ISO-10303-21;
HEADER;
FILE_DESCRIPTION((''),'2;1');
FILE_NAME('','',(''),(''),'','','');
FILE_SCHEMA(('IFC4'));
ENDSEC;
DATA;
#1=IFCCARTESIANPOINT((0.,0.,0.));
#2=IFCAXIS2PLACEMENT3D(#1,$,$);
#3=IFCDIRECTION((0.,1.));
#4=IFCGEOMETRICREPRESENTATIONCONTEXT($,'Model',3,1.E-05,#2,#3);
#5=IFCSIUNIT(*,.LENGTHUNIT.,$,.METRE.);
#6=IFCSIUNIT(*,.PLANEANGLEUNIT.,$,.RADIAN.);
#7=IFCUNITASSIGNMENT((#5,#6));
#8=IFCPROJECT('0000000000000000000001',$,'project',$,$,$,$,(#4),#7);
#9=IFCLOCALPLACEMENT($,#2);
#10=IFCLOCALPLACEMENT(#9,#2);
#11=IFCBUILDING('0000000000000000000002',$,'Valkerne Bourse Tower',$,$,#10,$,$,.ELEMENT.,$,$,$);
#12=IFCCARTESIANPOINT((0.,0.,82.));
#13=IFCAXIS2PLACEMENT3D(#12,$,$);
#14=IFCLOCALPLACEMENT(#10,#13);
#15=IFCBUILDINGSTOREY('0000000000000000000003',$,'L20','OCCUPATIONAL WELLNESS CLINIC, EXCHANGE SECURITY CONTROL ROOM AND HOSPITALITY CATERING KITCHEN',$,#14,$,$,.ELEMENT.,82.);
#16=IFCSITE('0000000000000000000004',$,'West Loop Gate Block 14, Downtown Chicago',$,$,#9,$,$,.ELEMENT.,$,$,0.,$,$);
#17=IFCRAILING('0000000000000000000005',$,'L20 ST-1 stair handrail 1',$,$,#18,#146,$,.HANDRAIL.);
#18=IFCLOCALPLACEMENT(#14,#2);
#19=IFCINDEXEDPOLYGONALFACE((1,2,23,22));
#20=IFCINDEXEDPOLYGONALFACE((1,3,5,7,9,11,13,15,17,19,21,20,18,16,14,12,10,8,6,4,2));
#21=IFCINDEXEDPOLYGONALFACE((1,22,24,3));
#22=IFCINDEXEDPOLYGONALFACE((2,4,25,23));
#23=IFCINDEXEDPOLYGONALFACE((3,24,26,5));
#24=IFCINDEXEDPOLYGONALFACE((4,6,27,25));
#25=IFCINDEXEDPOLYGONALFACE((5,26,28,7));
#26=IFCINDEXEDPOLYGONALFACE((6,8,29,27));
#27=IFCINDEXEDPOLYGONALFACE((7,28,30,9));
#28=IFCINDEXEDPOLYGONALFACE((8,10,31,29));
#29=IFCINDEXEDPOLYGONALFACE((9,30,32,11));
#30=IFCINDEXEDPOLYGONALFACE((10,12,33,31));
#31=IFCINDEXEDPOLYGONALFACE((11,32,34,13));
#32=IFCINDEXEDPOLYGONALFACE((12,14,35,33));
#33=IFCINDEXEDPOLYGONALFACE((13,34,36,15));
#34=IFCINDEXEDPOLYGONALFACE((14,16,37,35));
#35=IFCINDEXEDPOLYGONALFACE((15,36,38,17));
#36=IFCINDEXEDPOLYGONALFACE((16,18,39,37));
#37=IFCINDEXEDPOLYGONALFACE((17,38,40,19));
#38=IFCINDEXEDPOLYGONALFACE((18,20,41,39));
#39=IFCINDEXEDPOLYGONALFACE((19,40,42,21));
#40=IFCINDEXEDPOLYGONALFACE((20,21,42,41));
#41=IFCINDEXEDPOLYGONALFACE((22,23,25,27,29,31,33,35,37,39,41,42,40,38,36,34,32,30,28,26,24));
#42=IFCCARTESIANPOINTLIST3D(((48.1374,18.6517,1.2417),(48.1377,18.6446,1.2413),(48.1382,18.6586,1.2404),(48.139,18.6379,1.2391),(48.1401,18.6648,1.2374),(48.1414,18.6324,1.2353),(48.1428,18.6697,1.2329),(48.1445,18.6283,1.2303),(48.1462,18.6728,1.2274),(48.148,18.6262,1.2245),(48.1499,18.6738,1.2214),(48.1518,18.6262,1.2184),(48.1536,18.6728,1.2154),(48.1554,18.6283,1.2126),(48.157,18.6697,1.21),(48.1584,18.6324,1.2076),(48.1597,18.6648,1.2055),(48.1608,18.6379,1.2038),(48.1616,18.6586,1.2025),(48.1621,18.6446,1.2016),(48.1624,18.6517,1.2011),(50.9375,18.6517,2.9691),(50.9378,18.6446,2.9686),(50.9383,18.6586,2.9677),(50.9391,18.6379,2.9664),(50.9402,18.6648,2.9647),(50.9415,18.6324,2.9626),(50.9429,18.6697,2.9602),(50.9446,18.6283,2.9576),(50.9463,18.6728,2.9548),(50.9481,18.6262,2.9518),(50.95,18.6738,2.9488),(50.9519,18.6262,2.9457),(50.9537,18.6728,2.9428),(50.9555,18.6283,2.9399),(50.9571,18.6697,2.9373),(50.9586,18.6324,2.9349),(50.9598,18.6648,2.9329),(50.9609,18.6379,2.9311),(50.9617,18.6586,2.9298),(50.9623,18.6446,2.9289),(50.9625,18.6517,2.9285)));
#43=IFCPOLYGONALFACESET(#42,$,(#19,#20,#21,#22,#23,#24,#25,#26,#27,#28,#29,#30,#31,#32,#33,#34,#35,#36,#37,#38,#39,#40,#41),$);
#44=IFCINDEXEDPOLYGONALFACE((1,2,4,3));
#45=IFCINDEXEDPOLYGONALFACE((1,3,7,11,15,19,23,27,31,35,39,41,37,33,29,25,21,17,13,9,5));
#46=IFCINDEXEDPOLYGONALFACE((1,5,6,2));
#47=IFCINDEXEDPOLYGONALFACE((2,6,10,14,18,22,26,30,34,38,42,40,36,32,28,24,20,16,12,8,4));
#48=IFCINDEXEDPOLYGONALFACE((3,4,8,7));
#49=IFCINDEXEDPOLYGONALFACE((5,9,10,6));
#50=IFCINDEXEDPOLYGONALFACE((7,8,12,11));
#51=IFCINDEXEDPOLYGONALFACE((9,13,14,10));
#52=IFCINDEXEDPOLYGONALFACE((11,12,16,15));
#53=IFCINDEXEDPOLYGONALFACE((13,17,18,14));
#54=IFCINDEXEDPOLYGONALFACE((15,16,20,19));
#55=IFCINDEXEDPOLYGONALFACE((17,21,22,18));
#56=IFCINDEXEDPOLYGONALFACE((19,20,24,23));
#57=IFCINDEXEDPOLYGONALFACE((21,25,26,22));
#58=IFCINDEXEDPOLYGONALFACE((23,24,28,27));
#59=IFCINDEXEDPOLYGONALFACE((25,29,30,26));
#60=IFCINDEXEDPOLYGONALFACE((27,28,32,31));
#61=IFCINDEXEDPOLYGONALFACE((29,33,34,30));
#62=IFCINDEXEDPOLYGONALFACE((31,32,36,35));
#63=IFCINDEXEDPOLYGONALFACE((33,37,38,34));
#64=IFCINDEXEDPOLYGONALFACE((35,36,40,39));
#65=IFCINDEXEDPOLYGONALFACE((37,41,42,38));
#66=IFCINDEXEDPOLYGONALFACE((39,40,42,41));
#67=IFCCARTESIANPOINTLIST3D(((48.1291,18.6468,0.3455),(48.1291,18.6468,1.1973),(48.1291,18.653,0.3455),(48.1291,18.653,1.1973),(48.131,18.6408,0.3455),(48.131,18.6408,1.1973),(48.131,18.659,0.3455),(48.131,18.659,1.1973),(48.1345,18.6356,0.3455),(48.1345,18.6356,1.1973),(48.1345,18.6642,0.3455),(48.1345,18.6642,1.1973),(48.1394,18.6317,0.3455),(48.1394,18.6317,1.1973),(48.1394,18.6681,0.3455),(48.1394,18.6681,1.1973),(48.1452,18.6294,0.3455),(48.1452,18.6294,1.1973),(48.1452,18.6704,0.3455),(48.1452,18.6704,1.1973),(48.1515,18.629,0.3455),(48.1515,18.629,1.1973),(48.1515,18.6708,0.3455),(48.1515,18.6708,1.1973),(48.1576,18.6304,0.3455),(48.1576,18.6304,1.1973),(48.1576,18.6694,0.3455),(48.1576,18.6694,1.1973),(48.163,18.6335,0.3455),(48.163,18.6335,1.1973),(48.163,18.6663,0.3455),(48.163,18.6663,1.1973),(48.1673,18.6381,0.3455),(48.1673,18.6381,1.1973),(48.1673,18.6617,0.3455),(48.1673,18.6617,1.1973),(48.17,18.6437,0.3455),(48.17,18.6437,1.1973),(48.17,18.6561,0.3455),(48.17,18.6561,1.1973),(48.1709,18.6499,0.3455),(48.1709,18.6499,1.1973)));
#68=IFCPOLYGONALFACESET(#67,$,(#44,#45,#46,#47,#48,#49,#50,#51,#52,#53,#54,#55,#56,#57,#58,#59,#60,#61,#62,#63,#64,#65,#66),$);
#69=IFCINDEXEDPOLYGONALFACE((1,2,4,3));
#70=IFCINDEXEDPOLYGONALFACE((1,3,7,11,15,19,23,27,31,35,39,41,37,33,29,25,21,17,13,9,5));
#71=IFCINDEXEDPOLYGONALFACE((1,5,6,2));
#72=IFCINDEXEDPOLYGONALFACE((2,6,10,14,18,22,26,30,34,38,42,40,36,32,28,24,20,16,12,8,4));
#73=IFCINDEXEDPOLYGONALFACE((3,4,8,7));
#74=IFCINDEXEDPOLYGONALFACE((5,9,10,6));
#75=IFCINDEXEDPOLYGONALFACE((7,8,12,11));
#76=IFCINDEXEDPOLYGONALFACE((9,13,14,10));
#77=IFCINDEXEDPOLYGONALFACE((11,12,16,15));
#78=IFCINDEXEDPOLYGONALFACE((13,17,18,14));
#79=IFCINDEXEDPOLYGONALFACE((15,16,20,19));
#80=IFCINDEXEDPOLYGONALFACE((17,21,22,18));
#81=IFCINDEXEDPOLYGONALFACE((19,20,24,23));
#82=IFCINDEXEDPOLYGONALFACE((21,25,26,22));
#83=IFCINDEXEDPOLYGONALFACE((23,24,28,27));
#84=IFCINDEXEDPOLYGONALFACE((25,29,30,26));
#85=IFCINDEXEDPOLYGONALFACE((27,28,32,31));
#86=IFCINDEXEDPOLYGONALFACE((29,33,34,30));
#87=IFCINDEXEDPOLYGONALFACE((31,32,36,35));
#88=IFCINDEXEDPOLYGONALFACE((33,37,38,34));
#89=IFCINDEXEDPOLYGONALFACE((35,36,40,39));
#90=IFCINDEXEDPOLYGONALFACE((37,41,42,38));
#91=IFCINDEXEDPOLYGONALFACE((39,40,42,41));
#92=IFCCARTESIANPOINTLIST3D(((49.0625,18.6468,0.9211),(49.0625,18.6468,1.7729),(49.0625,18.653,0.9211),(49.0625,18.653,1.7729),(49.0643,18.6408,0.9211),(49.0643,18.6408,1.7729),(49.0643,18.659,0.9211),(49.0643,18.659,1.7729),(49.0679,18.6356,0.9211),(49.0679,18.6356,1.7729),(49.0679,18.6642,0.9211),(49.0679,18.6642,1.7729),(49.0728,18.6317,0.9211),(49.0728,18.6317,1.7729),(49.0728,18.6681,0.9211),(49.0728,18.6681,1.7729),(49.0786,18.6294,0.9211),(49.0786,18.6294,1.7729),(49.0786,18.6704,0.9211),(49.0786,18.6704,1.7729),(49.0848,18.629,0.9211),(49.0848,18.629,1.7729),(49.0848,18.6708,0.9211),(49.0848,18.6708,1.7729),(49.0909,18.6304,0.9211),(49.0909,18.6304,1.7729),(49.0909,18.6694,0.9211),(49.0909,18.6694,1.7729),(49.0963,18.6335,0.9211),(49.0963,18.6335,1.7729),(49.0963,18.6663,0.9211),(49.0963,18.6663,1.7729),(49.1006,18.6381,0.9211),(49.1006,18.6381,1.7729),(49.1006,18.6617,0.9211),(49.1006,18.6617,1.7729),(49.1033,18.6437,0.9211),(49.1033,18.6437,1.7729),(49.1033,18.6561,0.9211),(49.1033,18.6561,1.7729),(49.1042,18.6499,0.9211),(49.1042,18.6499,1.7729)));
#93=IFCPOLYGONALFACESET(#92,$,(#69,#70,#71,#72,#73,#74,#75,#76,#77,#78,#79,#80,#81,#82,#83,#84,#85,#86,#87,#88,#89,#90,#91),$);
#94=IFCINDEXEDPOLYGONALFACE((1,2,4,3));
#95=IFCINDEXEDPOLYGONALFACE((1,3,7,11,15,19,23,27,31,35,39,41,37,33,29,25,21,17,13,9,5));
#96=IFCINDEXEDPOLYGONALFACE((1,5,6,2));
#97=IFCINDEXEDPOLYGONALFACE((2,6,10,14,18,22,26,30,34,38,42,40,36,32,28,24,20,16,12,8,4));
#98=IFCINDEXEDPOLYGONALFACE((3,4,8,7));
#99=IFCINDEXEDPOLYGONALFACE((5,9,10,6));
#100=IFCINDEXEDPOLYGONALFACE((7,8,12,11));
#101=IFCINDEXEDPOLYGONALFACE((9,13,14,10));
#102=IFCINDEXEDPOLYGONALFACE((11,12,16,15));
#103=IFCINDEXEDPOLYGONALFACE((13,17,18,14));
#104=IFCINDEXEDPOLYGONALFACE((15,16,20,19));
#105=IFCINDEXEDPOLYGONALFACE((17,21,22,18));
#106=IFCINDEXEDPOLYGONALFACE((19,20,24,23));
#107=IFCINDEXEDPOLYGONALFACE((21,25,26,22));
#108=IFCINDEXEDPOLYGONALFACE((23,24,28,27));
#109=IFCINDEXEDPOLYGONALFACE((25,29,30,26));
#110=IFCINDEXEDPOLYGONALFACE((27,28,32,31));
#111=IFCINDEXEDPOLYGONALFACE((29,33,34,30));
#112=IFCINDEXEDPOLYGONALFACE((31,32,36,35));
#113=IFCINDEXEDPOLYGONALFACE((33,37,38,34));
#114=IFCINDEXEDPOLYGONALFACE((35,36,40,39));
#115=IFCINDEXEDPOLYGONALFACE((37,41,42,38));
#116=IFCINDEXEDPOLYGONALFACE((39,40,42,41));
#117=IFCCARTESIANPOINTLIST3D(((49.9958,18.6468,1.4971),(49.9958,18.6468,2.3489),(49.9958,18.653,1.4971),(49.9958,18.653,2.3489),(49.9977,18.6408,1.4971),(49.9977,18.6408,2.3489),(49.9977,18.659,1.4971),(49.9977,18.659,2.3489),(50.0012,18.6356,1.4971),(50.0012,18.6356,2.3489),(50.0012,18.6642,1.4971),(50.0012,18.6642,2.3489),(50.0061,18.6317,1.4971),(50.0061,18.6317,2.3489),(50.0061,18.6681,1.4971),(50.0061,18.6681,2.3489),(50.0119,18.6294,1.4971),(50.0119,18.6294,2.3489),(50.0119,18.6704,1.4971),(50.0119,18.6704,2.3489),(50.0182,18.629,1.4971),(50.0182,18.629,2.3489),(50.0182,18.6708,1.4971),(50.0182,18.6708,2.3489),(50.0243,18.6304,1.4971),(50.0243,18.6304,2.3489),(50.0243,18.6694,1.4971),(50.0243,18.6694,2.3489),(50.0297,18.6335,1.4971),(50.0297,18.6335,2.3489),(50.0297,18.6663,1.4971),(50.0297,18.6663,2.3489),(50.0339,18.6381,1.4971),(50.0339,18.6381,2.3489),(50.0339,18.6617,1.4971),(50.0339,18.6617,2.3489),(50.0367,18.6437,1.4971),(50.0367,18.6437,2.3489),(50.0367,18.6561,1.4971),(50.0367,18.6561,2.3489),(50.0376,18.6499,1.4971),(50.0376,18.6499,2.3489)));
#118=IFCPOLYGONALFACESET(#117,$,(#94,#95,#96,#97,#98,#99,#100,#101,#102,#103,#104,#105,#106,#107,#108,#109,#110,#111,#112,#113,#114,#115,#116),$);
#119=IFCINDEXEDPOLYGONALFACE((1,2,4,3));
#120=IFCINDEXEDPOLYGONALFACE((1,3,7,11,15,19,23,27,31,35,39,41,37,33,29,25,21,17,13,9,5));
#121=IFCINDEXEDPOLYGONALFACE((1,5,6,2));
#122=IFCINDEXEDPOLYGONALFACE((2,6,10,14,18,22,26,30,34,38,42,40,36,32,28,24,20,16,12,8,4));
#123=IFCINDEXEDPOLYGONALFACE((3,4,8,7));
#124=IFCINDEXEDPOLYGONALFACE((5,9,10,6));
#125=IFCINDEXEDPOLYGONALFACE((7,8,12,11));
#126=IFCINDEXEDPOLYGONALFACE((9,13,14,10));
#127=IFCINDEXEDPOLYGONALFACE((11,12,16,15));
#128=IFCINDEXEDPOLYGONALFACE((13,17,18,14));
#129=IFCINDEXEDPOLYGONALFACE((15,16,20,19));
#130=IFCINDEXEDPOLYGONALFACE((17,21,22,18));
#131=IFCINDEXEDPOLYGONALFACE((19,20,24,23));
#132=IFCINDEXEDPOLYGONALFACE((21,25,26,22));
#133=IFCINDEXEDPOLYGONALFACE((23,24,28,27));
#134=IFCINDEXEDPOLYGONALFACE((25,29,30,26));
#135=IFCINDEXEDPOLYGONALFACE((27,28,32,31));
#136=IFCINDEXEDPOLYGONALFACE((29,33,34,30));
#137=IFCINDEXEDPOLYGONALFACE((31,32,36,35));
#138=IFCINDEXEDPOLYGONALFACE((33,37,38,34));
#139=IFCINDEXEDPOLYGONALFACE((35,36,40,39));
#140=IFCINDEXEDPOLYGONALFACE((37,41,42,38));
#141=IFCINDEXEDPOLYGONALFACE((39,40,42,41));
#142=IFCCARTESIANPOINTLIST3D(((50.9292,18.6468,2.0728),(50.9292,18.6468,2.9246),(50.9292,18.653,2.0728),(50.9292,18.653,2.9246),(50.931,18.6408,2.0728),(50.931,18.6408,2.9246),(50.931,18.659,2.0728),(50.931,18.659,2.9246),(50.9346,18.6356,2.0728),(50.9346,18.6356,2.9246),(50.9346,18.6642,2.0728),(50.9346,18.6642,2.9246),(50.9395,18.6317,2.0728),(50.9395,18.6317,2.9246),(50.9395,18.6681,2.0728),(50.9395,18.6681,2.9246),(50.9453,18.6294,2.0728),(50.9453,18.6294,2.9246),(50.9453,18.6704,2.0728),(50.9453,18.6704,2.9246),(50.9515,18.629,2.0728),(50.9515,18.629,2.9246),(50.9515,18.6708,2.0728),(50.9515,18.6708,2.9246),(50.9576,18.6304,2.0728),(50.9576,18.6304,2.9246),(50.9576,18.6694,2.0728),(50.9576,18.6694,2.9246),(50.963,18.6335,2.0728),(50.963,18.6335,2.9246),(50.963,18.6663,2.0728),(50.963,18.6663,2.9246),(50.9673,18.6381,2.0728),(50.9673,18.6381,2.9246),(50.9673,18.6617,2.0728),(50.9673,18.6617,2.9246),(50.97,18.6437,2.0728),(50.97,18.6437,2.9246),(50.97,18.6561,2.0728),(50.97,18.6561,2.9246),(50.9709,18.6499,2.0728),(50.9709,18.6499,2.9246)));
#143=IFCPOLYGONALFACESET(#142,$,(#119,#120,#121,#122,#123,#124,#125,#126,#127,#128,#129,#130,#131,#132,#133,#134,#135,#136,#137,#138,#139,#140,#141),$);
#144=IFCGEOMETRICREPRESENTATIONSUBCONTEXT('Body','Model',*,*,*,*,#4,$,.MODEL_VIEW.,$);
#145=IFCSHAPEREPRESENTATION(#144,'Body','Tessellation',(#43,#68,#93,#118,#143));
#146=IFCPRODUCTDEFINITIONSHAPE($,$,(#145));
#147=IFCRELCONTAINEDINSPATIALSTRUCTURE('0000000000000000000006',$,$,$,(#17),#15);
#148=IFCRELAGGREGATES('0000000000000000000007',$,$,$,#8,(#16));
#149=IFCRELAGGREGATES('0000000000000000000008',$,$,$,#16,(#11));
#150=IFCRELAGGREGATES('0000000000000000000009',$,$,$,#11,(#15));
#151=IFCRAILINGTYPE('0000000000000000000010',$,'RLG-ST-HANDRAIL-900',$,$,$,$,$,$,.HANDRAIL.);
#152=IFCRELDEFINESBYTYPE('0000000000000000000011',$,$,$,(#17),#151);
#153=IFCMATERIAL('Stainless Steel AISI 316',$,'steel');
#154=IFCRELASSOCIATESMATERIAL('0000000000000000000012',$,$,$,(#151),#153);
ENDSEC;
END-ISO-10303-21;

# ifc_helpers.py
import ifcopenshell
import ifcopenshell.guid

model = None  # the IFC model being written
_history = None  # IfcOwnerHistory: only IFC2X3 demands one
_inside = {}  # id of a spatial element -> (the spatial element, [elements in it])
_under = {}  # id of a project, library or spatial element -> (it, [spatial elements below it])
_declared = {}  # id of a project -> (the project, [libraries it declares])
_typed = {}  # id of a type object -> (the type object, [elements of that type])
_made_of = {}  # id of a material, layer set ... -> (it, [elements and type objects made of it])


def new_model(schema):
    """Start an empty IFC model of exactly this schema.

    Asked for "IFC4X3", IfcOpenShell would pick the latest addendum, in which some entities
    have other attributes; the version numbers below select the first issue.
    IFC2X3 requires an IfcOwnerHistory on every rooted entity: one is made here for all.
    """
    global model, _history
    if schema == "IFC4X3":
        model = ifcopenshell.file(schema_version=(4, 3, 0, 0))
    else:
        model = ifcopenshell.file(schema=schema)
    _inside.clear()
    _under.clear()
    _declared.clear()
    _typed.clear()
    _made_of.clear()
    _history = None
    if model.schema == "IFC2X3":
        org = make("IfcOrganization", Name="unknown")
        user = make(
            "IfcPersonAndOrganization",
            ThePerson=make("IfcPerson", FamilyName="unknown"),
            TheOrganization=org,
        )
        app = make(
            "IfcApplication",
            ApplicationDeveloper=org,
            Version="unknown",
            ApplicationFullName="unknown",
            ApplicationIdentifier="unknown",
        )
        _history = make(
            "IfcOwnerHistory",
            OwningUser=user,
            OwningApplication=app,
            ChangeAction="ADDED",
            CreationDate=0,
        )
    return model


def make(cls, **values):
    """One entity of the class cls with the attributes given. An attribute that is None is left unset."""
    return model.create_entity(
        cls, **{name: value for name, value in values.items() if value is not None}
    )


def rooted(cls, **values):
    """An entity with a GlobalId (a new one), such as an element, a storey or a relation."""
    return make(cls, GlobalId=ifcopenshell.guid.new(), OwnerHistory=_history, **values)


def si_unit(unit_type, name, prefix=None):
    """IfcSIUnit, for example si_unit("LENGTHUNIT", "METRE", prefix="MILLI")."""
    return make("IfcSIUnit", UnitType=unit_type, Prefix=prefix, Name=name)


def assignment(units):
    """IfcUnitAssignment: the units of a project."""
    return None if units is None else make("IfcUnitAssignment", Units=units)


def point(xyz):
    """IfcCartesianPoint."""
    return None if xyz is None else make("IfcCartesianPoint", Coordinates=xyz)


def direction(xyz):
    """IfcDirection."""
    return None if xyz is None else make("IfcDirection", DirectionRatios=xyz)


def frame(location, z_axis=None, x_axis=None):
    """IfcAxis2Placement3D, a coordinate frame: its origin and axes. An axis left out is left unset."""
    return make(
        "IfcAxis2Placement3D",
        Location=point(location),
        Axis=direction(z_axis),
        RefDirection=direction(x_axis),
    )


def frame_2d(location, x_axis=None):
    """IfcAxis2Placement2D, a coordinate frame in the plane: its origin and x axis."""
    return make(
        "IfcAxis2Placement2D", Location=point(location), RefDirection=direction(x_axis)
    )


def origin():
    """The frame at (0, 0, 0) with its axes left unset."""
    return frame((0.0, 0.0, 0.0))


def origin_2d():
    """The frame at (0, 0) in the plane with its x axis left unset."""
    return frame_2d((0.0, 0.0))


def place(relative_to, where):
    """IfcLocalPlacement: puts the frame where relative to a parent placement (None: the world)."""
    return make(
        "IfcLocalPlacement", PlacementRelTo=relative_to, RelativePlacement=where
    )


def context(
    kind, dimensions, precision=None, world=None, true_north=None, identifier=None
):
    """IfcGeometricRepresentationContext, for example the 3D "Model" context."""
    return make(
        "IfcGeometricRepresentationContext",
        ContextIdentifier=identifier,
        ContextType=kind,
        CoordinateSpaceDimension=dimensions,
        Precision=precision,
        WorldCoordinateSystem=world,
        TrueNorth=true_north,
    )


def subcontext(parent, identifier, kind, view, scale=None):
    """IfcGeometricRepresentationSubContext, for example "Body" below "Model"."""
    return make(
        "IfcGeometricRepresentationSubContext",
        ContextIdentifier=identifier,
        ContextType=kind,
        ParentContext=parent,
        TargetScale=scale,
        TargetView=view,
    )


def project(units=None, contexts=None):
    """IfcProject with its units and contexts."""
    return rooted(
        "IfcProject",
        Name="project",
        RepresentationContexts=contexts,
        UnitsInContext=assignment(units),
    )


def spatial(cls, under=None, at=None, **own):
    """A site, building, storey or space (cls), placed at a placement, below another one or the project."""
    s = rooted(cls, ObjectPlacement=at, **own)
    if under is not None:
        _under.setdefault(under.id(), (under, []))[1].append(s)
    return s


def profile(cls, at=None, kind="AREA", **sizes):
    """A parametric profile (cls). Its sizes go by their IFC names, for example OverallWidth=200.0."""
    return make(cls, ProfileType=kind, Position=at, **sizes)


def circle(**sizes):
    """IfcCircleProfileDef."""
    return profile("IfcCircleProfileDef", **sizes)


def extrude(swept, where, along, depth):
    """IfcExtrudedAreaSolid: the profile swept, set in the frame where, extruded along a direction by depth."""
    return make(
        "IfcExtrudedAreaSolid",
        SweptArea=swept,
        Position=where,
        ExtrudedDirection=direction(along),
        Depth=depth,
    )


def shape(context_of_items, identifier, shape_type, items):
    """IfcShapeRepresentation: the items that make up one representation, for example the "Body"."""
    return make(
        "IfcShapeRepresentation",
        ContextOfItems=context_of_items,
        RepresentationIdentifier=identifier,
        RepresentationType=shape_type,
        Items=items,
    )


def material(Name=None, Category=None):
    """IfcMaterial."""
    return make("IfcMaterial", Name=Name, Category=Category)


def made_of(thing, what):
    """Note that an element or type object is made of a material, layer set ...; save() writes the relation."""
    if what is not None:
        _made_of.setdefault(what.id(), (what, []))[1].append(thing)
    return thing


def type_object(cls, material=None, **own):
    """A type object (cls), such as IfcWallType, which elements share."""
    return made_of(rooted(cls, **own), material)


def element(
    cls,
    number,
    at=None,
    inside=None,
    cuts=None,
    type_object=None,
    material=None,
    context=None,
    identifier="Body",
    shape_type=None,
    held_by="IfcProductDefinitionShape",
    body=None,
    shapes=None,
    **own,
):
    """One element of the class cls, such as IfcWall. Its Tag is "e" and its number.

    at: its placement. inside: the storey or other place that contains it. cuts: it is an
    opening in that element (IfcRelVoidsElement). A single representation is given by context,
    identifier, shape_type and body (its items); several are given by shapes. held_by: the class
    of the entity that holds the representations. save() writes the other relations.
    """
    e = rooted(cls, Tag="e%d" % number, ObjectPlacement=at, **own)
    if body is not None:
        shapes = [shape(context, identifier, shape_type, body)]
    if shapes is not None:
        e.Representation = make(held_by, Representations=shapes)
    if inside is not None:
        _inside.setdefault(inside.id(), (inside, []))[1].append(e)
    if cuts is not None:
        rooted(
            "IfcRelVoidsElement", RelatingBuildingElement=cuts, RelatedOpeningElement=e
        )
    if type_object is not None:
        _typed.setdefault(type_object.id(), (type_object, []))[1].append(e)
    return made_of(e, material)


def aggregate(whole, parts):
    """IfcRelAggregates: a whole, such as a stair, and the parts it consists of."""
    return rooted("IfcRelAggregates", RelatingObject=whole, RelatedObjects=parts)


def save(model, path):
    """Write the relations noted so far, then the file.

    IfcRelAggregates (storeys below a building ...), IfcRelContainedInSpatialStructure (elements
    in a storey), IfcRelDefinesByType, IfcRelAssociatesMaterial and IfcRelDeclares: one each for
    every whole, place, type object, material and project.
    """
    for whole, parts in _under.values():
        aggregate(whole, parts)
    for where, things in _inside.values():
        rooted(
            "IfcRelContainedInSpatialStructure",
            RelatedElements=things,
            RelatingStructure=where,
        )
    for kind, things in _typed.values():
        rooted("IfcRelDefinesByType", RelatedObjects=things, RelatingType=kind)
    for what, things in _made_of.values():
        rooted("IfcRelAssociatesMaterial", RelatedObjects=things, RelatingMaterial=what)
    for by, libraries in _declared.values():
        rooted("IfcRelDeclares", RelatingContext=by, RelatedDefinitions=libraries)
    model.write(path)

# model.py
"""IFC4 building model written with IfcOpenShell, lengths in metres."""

from ifc_helpers import new_model, si_unit, direction, frame, origin, origin_2d, place, context, subcontext, project, spatial, circle, extrude, material, type_object, element, save


model = new_model("IFC4")

# Units and contexts
model_context = context("Model", 3, precision=1e-05, world=origin(), true_north=direction((0.0, 1.0)))
body_context = subcontext(model_context, "Body", "Model", "MODEL_VIEW")
ifc_project = project(units=[si_unit("LENGTHUNIT", "METRE"), si_unit("PLANEANGLEUNIT", "RADIAN")], contexts=[model_context])

# Site, building, storey
site_placement = place(None, origin())
site = spatial("IfcSite", under=ifc_project, at=site_placement, Name="West Loop Gate Block 14, Downtown Chicago", CompositionType="ELEMENT", RefElevation=0.0)
building_placement = place(site_placement, origin())
building = spatial("IfcBuilding", under=site, at=building_placement, Name="Valkerne Bourse Tower", CompositionType="ELEMENT")
storey_placement = place(building_placement, frame((0.0, 0.0, 82.0)))
storey = spatial("IfcBuildingStorey", under=building, at=storey_placement, Name="L20", Description="OCCUPATIONAL WELLNESS CLINIC, EXCHANGE SECURITY CONTROL ROOM AND HOSPITALITY CATERING KITCHEN", CompositionType="ELEMENT", Elevation=82.0)

# Shared definitions
ifc_material_1 = material(Name="Stainless Steel AISI 316", Category="steel")

# Railing
railing_type_1 = type_object("IfcRailingType", Name="RLG-ST-HANDRAIL-900", PredefinedType="HANDRAIL", material=ifc_material_1)
railing_1_placement = place(storey_placement, frame((48.1499, 18.6499, 0.3455)))
element("IfcRailing", 1, at=railing_1_placement, inside=storey, type_object=railing_type_1, Name="L20 ST-1 stair handrail 1", PredefinedType="HANDRAIL", context=body_context, shape_type="SweptSolid", body=[
    extrude(circle(Radius=0.0239, at=origin_2d()), frame((0.0, 0.0, 0.876), z_axis=(0.85109, 0.0, 0.52502), x_axis=(0.0, 1.0, 0.0)), (0.0, 0.0, 1.0), 3.29),
    extrude(circle(Radius=0.021, at=origin_2d()), origin(), (0.0, 0.0, 1.0), 0.8518),
    extrude(circle(Radius=0.021, at=origin_2d()), frame((0.9333, 0.0, 0.5757)), (0.0, 0.0, 1.0), 0.8518),
    extrude(circle(Radius=0.021, at=origin_2d()), frame((1.8667, 0.0, 1.1516)), (0.0, 0.0, 1.0), 0.8518),
    extrude(circle(Radius=0.021, at=origin_2d()), frame((2.8, 0.0, 1.7273)), (0.0, 0.0, 1.0), 0.8518),
])

save(model, "model.ifc")
